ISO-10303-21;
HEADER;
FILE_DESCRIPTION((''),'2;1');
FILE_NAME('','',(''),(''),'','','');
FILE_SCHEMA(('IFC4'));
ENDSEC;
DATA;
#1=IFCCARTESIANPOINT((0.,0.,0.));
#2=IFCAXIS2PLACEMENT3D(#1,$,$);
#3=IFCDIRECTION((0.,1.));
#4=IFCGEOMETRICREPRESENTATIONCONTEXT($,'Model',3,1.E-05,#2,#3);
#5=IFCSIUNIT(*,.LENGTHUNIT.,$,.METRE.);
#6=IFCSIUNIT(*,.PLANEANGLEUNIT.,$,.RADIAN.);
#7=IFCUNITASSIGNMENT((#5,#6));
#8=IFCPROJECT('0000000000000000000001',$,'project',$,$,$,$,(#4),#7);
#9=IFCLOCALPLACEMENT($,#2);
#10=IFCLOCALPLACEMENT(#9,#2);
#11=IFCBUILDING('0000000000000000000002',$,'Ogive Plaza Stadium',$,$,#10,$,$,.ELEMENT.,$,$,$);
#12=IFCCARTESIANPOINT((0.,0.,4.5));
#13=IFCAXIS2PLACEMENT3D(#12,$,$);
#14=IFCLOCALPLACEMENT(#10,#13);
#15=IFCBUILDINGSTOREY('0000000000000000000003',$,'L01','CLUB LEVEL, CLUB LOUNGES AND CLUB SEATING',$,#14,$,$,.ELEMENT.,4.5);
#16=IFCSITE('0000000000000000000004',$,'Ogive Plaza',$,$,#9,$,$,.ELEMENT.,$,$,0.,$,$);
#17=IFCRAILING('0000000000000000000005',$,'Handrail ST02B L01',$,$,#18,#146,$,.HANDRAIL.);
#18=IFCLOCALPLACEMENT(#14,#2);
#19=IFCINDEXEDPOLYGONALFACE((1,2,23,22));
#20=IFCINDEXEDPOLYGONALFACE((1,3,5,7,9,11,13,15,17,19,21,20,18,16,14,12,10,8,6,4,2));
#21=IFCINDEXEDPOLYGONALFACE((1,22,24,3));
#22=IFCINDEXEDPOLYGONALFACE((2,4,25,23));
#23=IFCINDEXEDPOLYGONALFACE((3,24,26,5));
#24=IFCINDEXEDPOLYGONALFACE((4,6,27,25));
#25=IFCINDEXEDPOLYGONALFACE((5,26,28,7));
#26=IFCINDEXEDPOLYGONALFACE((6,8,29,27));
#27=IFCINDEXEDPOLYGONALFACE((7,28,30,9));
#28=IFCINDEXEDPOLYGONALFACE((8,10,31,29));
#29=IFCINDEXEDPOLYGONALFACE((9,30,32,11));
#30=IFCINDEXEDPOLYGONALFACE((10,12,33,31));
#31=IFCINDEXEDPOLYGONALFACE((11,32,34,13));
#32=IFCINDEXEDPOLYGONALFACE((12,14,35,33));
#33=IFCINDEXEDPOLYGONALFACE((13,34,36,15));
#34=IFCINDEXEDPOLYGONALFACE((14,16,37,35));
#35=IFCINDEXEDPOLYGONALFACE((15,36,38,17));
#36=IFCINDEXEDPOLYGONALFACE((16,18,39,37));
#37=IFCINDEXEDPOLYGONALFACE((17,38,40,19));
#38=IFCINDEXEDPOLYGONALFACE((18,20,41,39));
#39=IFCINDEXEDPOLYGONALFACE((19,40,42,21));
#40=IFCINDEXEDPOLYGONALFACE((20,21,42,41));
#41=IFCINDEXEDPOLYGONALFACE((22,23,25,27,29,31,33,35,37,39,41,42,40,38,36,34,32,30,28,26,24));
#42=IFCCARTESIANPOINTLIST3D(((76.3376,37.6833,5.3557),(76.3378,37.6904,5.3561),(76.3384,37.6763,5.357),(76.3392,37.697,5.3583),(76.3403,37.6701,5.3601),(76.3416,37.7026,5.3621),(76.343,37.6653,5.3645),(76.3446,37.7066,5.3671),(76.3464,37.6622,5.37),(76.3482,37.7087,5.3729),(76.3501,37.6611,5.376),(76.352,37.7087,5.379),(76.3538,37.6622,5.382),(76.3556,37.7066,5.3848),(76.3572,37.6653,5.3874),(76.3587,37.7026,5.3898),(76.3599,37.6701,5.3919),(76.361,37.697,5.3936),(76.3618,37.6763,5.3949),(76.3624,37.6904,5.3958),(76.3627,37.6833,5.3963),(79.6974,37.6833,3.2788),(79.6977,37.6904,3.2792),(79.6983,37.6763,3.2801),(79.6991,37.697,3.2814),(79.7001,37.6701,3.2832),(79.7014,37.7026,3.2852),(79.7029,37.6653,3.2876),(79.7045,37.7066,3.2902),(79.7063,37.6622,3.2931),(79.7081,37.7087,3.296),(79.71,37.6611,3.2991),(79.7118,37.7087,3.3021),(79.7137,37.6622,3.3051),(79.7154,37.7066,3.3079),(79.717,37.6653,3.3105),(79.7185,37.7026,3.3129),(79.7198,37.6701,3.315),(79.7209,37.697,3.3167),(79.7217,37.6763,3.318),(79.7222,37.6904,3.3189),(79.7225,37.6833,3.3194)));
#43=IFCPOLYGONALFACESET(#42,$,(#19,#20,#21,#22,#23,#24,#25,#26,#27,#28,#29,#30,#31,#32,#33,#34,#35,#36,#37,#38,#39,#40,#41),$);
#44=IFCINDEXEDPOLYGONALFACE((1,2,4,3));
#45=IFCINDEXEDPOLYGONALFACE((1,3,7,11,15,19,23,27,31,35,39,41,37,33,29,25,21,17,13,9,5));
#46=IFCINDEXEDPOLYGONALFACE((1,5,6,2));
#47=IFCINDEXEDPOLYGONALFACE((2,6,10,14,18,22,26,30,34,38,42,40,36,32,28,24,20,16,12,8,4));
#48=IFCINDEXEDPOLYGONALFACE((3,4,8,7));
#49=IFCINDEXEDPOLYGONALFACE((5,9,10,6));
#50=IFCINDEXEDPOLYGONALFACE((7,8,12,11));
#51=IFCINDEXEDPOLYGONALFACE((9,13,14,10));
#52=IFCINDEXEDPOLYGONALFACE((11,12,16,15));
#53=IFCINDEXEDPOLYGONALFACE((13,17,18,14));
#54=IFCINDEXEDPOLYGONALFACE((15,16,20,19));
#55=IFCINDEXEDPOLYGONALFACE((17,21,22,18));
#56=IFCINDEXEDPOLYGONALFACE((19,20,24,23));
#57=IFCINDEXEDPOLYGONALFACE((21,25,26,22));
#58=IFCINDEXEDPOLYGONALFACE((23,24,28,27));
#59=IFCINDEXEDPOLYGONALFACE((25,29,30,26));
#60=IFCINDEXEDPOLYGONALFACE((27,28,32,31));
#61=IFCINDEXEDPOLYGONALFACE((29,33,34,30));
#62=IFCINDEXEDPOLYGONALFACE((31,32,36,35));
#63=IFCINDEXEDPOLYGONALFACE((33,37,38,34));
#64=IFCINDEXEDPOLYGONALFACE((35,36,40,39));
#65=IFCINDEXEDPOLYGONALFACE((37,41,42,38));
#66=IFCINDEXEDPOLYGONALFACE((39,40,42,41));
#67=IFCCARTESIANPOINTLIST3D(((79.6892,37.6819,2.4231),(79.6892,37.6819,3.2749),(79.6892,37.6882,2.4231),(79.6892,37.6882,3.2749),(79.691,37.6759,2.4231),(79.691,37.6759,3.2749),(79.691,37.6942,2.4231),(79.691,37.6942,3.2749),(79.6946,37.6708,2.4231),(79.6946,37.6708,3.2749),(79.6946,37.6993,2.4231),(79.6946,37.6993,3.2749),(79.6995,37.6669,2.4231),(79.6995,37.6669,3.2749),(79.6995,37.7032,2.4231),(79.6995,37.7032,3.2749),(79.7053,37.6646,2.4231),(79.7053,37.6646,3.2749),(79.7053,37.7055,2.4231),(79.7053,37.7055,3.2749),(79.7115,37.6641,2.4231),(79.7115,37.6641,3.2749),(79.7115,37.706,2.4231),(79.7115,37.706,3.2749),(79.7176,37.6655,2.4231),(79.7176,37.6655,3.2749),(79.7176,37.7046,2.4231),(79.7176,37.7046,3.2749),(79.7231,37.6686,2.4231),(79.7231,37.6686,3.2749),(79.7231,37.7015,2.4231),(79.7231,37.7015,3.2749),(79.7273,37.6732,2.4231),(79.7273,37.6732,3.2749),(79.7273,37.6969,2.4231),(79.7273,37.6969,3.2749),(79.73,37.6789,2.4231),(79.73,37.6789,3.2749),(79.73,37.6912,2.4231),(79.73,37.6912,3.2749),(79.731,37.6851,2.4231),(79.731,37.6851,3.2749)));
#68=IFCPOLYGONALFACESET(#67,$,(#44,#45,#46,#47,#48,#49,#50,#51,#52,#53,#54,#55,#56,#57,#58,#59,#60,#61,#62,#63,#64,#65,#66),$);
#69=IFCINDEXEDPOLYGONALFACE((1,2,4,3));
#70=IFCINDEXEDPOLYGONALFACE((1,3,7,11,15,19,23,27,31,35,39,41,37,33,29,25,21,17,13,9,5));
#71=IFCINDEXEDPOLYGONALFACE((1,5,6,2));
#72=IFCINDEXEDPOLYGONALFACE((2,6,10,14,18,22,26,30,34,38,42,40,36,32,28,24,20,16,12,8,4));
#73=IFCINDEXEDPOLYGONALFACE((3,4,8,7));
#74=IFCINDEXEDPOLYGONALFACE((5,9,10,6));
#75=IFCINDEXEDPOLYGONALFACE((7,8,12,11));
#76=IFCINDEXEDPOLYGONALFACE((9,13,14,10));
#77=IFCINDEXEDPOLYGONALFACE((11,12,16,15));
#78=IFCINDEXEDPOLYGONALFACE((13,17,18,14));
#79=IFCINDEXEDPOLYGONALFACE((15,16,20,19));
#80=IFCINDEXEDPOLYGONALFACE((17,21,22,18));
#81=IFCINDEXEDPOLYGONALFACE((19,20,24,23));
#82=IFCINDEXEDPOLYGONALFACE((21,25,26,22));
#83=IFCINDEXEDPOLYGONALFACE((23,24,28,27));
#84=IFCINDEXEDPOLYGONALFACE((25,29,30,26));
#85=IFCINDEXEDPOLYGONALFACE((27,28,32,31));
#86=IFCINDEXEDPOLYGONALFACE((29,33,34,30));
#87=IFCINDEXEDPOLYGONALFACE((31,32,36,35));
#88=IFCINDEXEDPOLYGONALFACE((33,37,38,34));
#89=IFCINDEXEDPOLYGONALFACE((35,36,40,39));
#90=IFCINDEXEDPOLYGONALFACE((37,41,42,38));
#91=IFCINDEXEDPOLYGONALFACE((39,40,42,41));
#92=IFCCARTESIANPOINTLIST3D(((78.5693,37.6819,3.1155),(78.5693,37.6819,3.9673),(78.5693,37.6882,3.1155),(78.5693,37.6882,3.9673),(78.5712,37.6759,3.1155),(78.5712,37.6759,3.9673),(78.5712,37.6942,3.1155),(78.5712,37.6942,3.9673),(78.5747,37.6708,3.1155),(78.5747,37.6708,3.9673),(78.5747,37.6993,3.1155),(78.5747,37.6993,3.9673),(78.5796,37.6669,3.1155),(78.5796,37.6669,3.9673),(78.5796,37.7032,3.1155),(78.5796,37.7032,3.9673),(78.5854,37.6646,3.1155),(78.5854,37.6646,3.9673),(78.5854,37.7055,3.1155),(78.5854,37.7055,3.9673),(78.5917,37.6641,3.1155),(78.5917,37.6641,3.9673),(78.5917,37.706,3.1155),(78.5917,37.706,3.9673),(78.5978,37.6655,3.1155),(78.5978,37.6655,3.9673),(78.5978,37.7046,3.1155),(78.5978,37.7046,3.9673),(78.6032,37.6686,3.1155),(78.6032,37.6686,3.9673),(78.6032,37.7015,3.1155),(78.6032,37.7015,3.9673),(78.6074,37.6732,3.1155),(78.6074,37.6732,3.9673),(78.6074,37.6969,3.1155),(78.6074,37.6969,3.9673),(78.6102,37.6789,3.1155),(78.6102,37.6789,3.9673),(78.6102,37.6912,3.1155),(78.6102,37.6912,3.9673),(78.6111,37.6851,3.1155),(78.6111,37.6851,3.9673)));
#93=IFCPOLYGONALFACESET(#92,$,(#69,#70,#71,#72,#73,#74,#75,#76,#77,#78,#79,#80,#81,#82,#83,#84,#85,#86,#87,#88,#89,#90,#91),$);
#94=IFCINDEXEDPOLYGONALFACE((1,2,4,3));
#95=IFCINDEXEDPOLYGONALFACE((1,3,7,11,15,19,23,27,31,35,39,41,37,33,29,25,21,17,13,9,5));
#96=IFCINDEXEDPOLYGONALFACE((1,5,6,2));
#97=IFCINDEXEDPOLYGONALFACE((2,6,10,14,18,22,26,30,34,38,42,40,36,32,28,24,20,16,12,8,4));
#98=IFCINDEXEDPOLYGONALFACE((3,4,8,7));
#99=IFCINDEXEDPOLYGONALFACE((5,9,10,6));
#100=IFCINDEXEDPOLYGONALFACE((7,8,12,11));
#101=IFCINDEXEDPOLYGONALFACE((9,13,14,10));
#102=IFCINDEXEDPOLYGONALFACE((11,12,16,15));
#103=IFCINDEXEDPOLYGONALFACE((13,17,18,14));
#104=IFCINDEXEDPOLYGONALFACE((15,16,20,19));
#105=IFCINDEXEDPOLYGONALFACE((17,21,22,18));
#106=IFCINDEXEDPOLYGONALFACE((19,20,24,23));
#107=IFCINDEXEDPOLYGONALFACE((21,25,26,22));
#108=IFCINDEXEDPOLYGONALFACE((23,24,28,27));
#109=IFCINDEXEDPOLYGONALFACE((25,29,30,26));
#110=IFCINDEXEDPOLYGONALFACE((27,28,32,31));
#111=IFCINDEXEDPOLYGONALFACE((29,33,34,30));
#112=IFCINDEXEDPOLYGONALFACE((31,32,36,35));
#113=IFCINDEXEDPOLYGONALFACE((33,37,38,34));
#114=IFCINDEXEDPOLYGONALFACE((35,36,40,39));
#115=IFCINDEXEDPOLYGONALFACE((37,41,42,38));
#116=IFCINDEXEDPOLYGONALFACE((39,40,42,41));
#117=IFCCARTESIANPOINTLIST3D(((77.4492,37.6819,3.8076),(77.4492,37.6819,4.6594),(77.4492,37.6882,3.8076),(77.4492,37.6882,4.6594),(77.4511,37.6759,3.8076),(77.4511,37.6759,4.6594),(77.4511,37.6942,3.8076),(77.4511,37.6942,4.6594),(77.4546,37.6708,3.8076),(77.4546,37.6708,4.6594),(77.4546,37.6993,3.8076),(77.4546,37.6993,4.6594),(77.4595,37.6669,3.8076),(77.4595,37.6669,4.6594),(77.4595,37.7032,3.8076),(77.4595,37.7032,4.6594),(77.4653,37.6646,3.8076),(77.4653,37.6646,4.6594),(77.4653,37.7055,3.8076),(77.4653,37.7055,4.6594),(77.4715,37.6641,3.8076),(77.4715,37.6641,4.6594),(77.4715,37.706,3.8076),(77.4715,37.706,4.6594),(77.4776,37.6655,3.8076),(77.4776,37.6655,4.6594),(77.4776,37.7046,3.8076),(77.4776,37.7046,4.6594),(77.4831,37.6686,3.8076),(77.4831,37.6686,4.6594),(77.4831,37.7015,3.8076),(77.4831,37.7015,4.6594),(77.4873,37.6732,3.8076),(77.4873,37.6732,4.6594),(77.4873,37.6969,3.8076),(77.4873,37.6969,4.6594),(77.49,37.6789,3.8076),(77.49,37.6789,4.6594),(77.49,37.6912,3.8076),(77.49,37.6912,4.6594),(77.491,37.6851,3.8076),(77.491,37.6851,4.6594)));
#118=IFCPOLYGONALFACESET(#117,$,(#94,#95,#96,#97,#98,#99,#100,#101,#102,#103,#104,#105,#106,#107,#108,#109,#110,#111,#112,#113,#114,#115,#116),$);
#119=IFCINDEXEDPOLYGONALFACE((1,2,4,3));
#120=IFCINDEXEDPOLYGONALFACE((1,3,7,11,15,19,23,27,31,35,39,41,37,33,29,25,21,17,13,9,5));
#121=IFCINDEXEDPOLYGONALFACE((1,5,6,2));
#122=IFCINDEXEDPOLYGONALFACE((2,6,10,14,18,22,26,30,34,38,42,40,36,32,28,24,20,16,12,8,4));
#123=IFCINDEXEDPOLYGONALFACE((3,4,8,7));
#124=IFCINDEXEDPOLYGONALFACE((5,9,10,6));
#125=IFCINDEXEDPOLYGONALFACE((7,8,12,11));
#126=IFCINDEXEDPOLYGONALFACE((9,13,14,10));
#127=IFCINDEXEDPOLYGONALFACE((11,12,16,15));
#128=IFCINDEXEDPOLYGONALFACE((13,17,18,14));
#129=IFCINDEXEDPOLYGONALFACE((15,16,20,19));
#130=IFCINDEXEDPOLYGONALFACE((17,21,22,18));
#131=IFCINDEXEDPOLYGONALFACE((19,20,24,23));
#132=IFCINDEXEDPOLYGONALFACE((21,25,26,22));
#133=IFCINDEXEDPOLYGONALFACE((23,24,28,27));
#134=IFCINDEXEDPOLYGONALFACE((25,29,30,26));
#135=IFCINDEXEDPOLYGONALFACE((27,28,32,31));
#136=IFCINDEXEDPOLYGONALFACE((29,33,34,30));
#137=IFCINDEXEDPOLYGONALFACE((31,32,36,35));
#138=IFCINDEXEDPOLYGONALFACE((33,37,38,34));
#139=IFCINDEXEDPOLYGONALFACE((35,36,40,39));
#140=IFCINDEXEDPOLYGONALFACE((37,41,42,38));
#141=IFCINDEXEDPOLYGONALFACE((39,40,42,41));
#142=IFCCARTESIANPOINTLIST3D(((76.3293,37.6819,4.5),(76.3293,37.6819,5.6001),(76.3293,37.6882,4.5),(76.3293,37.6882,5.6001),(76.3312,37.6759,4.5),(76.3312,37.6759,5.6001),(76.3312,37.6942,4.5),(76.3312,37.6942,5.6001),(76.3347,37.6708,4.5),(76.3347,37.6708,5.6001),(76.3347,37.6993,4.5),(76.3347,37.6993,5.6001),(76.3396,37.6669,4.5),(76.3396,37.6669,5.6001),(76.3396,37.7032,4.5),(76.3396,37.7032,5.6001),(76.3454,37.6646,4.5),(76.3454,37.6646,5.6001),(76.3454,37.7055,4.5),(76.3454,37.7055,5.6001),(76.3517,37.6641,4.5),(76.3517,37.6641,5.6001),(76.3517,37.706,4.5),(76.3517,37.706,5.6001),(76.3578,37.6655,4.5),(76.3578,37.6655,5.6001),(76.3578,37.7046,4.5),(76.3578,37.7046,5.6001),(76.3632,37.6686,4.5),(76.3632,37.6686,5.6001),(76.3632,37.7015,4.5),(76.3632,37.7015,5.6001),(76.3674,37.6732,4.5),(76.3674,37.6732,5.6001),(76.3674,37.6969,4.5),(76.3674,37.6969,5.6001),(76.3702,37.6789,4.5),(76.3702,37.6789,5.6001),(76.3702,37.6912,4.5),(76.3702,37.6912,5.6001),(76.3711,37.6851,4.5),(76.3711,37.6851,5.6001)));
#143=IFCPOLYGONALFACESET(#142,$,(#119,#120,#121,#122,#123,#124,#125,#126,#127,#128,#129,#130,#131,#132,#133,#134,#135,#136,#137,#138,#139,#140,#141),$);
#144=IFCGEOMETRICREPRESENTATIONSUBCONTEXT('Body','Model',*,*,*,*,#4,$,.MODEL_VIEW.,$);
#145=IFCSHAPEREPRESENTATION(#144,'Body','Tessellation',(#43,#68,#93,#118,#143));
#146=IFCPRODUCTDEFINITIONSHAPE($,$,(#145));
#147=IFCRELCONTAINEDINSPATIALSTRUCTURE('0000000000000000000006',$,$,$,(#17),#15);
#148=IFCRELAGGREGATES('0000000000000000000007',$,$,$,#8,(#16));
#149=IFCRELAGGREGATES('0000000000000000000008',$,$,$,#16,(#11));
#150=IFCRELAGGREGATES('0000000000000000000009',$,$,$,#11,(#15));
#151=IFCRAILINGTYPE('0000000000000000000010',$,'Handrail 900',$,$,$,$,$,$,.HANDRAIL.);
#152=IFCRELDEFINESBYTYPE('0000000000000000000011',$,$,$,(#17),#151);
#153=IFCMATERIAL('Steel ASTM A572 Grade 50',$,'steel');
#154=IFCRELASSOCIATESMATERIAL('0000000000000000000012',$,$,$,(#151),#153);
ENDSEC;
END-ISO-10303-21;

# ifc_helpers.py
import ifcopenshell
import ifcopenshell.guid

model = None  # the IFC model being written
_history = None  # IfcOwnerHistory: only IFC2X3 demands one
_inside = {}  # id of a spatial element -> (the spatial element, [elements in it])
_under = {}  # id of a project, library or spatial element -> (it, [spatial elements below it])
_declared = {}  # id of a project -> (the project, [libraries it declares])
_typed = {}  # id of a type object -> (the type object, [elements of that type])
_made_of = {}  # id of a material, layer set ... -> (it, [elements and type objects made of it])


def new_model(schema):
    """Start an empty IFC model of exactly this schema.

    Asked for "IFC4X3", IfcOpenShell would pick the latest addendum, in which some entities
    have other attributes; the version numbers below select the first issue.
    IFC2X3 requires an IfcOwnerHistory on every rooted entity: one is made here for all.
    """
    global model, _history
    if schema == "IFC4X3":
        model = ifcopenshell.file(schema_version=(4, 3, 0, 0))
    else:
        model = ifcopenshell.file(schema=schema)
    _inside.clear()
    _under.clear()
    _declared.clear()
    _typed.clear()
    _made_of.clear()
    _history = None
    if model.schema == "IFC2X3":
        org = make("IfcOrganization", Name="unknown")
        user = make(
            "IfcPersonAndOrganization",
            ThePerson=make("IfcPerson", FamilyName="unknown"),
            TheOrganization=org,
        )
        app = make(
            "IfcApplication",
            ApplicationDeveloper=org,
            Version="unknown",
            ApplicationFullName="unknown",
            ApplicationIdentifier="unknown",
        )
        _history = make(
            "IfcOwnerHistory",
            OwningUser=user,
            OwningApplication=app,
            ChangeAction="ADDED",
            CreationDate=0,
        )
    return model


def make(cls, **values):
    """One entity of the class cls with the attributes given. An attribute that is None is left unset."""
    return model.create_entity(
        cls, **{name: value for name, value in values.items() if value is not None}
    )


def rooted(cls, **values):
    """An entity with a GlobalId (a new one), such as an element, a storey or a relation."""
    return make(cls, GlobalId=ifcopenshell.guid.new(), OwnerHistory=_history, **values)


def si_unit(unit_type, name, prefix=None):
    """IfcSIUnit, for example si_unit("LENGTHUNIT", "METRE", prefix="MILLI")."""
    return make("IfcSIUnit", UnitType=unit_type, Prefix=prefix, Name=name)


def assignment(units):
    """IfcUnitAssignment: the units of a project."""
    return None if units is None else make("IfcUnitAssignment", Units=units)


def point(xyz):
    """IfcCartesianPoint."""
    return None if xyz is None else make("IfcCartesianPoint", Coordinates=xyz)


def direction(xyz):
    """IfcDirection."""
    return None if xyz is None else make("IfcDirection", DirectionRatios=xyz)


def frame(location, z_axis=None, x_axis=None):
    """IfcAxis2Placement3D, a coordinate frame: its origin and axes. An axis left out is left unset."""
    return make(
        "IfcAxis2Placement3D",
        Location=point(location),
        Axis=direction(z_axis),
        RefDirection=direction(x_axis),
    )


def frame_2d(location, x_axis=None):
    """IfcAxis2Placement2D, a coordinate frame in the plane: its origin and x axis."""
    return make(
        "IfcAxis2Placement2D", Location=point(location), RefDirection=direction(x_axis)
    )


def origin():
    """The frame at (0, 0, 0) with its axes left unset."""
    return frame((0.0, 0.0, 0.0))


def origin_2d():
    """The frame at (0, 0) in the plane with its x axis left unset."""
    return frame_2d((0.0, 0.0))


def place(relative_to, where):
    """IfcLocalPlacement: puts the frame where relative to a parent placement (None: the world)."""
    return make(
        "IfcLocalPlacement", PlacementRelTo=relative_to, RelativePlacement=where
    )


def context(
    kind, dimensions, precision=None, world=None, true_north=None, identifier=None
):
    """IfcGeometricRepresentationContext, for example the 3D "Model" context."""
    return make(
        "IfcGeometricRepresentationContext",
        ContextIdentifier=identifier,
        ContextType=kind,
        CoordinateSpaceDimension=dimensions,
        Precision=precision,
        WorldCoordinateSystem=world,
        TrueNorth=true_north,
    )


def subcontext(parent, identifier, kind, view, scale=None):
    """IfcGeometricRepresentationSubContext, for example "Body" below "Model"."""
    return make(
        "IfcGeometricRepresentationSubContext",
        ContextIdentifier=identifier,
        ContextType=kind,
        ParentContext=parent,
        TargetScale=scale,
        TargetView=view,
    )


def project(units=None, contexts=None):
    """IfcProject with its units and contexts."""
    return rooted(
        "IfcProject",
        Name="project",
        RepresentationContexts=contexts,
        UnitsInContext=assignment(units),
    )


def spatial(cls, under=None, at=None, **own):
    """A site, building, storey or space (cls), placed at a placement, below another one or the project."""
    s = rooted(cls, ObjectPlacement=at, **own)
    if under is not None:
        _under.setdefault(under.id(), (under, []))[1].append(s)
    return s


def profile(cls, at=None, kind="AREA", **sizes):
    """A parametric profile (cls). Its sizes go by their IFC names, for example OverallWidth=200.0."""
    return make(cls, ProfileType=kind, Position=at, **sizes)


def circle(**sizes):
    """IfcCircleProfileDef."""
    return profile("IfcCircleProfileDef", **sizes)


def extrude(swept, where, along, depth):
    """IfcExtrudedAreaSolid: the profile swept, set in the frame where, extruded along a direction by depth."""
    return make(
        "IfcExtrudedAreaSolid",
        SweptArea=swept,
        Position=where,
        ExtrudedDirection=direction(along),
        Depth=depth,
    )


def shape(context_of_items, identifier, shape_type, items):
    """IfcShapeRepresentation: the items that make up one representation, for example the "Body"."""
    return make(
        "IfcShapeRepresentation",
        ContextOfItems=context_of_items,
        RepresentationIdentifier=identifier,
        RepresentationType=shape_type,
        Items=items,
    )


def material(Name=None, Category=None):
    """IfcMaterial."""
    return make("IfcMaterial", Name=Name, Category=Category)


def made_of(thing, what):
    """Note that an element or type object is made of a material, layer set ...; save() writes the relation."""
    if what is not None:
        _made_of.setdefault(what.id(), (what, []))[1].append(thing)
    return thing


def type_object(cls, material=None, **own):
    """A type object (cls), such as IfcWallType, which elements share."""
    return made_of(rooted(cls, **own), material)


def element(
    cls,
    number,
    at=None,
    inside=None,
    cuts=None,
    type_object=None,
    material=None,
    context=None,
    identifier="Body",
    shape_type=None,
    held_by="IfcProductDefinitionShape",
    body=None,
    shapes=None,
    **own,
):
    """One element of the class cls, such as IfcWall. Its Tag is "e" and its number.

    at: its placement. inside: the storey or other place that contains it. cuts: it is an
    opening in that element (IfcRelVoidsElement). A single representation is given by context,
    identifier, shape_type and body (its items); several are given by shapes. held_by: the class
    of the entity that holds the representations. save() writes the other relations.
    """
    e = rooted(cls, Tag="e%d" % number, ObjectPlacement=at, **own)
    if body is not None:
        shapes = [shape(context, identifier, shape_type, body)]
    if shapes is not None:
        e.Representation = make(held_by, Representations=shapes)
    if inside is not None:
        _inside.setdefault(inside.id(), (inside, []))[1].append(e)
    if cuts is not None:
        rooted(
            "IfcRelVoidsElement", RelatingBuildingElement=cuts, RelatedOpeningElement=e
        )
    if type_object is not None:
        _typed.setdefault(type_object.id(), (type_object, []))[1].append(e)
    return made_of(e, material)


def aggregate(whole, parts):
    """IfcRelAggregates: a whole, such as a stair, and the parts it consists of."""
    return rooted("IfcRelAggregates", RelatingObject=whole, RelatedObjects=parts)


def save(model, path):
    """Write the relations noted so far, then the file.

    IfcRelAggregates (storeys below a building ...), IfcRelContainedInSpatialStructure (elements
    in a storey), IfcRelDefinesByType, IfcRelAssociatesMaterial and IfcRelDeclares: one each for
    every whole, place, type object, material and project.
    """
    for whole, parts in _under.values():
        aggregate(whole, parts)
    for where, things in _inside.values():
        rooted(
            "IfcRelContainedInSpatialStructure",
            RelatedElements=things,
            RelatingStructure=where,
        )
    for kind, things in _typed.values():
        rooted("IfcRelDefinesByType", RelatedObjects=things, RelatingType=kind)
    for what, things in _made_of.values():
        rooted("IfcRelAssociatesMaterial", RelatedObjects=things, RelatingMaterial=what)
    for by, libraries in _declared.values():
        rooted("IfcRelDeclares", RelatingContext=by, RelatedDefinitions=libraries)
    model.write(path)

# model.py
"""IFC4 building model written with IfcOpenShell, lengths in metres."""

from ifc_helpers import new_model, si_unit, direction, frame, origin, origin_2d, place, context, subcontext, project, spatial, circle, extrude, material, type_object, element, save


model = new_model("IFC4")

# Units and contexts
model_context = context("Model", 3, precision=1e-05, world=origin(), true_north=direction((0.0, 1.0)))
body_context = subcontext(model_context, "Body", "Model", "MODEL_VIEW")
ifc_project = project(units=[si_unit("LENGTHUNIT", "METRE"), si_unit("PLANEANGLEUNIT", "RADIAN")], contexts=[model_context])

# Site, building, storey
site_placement = place(None, origin())
site = spatial("IfcSite", under=ifc_project, at=site_placement, Name="Ogive Plaza", CompositionType="ELEMENT", RefElevation=0.0)
building_placement = place(site_placement, origin())
building = spatial("IfcBuilding", under=site, at=building_placement, Name="Ogive Plaza Stadium", CompositionType="ELEMENT")
storey_placement = place(building_placement, frame((0.0, 0.0, 4.5)))
storey = spatial("IfcBuildingStorey", under=building, at=storey_placement, Name="L01", Description="CLUB LEVEL, CLUB LOUNGES AND CLUB SEATING", CompositionType="ELEMENT", Elevation=4.5)

# Railing
ifc_material_1 = material(Name="Steel ASTM A572 Grade 50", Category="steel")
railing_type_1 = type_object("IfcRailingType", Name="Handrail 900", PredefinedType="HANDRAIL", material=ifc_material_1)
for number, where, name in (
    (1, (79.71, 37.6851, 2.4231), "Handrail ST02B L01"),
):
    element("IfcRailing", number, at=place(storey_placement, frame(where)), inside=storey, type_object=railing_type_1, Name=name, PredefinedType="HANDRAIL", context=body_context, shape_type="SweptSolid", body=[
        extrude(circle(Radius=0.0239, at=origin_2d()), frame((0.0, 0.0, 0.876), z_axis=(-0.850606, 0.0, 0.525803), x_axis=(0.0, -1.0, 0.0)), (0.0, 0.0, 1.0), 3.95),
        extrude(circle(Radius=0.021, at=origin_2d()), origin(), (0.0, 0.0, 1.0), 0.8518),
        extrude(circle(Radius=0.021, at=origin_2d()), frame((-1.1199, 0.0, 0.6924)), (0.0, 0.0, 1.0), 0.8518),
        extrude(circle(Radius=0.021, at=origin_2d()), frame((-2.24, 0.0, 1.3845)), (0.0, 0.0, 1.0), 0.8518),
        extrude(circle(Radius=0.021, at=origin_2d()), frame((-3.3599, 0.0, 2.0769)), (0.0, 0.0, 1.0), 1.1001),
    ])

save(model, "model.ifc")
